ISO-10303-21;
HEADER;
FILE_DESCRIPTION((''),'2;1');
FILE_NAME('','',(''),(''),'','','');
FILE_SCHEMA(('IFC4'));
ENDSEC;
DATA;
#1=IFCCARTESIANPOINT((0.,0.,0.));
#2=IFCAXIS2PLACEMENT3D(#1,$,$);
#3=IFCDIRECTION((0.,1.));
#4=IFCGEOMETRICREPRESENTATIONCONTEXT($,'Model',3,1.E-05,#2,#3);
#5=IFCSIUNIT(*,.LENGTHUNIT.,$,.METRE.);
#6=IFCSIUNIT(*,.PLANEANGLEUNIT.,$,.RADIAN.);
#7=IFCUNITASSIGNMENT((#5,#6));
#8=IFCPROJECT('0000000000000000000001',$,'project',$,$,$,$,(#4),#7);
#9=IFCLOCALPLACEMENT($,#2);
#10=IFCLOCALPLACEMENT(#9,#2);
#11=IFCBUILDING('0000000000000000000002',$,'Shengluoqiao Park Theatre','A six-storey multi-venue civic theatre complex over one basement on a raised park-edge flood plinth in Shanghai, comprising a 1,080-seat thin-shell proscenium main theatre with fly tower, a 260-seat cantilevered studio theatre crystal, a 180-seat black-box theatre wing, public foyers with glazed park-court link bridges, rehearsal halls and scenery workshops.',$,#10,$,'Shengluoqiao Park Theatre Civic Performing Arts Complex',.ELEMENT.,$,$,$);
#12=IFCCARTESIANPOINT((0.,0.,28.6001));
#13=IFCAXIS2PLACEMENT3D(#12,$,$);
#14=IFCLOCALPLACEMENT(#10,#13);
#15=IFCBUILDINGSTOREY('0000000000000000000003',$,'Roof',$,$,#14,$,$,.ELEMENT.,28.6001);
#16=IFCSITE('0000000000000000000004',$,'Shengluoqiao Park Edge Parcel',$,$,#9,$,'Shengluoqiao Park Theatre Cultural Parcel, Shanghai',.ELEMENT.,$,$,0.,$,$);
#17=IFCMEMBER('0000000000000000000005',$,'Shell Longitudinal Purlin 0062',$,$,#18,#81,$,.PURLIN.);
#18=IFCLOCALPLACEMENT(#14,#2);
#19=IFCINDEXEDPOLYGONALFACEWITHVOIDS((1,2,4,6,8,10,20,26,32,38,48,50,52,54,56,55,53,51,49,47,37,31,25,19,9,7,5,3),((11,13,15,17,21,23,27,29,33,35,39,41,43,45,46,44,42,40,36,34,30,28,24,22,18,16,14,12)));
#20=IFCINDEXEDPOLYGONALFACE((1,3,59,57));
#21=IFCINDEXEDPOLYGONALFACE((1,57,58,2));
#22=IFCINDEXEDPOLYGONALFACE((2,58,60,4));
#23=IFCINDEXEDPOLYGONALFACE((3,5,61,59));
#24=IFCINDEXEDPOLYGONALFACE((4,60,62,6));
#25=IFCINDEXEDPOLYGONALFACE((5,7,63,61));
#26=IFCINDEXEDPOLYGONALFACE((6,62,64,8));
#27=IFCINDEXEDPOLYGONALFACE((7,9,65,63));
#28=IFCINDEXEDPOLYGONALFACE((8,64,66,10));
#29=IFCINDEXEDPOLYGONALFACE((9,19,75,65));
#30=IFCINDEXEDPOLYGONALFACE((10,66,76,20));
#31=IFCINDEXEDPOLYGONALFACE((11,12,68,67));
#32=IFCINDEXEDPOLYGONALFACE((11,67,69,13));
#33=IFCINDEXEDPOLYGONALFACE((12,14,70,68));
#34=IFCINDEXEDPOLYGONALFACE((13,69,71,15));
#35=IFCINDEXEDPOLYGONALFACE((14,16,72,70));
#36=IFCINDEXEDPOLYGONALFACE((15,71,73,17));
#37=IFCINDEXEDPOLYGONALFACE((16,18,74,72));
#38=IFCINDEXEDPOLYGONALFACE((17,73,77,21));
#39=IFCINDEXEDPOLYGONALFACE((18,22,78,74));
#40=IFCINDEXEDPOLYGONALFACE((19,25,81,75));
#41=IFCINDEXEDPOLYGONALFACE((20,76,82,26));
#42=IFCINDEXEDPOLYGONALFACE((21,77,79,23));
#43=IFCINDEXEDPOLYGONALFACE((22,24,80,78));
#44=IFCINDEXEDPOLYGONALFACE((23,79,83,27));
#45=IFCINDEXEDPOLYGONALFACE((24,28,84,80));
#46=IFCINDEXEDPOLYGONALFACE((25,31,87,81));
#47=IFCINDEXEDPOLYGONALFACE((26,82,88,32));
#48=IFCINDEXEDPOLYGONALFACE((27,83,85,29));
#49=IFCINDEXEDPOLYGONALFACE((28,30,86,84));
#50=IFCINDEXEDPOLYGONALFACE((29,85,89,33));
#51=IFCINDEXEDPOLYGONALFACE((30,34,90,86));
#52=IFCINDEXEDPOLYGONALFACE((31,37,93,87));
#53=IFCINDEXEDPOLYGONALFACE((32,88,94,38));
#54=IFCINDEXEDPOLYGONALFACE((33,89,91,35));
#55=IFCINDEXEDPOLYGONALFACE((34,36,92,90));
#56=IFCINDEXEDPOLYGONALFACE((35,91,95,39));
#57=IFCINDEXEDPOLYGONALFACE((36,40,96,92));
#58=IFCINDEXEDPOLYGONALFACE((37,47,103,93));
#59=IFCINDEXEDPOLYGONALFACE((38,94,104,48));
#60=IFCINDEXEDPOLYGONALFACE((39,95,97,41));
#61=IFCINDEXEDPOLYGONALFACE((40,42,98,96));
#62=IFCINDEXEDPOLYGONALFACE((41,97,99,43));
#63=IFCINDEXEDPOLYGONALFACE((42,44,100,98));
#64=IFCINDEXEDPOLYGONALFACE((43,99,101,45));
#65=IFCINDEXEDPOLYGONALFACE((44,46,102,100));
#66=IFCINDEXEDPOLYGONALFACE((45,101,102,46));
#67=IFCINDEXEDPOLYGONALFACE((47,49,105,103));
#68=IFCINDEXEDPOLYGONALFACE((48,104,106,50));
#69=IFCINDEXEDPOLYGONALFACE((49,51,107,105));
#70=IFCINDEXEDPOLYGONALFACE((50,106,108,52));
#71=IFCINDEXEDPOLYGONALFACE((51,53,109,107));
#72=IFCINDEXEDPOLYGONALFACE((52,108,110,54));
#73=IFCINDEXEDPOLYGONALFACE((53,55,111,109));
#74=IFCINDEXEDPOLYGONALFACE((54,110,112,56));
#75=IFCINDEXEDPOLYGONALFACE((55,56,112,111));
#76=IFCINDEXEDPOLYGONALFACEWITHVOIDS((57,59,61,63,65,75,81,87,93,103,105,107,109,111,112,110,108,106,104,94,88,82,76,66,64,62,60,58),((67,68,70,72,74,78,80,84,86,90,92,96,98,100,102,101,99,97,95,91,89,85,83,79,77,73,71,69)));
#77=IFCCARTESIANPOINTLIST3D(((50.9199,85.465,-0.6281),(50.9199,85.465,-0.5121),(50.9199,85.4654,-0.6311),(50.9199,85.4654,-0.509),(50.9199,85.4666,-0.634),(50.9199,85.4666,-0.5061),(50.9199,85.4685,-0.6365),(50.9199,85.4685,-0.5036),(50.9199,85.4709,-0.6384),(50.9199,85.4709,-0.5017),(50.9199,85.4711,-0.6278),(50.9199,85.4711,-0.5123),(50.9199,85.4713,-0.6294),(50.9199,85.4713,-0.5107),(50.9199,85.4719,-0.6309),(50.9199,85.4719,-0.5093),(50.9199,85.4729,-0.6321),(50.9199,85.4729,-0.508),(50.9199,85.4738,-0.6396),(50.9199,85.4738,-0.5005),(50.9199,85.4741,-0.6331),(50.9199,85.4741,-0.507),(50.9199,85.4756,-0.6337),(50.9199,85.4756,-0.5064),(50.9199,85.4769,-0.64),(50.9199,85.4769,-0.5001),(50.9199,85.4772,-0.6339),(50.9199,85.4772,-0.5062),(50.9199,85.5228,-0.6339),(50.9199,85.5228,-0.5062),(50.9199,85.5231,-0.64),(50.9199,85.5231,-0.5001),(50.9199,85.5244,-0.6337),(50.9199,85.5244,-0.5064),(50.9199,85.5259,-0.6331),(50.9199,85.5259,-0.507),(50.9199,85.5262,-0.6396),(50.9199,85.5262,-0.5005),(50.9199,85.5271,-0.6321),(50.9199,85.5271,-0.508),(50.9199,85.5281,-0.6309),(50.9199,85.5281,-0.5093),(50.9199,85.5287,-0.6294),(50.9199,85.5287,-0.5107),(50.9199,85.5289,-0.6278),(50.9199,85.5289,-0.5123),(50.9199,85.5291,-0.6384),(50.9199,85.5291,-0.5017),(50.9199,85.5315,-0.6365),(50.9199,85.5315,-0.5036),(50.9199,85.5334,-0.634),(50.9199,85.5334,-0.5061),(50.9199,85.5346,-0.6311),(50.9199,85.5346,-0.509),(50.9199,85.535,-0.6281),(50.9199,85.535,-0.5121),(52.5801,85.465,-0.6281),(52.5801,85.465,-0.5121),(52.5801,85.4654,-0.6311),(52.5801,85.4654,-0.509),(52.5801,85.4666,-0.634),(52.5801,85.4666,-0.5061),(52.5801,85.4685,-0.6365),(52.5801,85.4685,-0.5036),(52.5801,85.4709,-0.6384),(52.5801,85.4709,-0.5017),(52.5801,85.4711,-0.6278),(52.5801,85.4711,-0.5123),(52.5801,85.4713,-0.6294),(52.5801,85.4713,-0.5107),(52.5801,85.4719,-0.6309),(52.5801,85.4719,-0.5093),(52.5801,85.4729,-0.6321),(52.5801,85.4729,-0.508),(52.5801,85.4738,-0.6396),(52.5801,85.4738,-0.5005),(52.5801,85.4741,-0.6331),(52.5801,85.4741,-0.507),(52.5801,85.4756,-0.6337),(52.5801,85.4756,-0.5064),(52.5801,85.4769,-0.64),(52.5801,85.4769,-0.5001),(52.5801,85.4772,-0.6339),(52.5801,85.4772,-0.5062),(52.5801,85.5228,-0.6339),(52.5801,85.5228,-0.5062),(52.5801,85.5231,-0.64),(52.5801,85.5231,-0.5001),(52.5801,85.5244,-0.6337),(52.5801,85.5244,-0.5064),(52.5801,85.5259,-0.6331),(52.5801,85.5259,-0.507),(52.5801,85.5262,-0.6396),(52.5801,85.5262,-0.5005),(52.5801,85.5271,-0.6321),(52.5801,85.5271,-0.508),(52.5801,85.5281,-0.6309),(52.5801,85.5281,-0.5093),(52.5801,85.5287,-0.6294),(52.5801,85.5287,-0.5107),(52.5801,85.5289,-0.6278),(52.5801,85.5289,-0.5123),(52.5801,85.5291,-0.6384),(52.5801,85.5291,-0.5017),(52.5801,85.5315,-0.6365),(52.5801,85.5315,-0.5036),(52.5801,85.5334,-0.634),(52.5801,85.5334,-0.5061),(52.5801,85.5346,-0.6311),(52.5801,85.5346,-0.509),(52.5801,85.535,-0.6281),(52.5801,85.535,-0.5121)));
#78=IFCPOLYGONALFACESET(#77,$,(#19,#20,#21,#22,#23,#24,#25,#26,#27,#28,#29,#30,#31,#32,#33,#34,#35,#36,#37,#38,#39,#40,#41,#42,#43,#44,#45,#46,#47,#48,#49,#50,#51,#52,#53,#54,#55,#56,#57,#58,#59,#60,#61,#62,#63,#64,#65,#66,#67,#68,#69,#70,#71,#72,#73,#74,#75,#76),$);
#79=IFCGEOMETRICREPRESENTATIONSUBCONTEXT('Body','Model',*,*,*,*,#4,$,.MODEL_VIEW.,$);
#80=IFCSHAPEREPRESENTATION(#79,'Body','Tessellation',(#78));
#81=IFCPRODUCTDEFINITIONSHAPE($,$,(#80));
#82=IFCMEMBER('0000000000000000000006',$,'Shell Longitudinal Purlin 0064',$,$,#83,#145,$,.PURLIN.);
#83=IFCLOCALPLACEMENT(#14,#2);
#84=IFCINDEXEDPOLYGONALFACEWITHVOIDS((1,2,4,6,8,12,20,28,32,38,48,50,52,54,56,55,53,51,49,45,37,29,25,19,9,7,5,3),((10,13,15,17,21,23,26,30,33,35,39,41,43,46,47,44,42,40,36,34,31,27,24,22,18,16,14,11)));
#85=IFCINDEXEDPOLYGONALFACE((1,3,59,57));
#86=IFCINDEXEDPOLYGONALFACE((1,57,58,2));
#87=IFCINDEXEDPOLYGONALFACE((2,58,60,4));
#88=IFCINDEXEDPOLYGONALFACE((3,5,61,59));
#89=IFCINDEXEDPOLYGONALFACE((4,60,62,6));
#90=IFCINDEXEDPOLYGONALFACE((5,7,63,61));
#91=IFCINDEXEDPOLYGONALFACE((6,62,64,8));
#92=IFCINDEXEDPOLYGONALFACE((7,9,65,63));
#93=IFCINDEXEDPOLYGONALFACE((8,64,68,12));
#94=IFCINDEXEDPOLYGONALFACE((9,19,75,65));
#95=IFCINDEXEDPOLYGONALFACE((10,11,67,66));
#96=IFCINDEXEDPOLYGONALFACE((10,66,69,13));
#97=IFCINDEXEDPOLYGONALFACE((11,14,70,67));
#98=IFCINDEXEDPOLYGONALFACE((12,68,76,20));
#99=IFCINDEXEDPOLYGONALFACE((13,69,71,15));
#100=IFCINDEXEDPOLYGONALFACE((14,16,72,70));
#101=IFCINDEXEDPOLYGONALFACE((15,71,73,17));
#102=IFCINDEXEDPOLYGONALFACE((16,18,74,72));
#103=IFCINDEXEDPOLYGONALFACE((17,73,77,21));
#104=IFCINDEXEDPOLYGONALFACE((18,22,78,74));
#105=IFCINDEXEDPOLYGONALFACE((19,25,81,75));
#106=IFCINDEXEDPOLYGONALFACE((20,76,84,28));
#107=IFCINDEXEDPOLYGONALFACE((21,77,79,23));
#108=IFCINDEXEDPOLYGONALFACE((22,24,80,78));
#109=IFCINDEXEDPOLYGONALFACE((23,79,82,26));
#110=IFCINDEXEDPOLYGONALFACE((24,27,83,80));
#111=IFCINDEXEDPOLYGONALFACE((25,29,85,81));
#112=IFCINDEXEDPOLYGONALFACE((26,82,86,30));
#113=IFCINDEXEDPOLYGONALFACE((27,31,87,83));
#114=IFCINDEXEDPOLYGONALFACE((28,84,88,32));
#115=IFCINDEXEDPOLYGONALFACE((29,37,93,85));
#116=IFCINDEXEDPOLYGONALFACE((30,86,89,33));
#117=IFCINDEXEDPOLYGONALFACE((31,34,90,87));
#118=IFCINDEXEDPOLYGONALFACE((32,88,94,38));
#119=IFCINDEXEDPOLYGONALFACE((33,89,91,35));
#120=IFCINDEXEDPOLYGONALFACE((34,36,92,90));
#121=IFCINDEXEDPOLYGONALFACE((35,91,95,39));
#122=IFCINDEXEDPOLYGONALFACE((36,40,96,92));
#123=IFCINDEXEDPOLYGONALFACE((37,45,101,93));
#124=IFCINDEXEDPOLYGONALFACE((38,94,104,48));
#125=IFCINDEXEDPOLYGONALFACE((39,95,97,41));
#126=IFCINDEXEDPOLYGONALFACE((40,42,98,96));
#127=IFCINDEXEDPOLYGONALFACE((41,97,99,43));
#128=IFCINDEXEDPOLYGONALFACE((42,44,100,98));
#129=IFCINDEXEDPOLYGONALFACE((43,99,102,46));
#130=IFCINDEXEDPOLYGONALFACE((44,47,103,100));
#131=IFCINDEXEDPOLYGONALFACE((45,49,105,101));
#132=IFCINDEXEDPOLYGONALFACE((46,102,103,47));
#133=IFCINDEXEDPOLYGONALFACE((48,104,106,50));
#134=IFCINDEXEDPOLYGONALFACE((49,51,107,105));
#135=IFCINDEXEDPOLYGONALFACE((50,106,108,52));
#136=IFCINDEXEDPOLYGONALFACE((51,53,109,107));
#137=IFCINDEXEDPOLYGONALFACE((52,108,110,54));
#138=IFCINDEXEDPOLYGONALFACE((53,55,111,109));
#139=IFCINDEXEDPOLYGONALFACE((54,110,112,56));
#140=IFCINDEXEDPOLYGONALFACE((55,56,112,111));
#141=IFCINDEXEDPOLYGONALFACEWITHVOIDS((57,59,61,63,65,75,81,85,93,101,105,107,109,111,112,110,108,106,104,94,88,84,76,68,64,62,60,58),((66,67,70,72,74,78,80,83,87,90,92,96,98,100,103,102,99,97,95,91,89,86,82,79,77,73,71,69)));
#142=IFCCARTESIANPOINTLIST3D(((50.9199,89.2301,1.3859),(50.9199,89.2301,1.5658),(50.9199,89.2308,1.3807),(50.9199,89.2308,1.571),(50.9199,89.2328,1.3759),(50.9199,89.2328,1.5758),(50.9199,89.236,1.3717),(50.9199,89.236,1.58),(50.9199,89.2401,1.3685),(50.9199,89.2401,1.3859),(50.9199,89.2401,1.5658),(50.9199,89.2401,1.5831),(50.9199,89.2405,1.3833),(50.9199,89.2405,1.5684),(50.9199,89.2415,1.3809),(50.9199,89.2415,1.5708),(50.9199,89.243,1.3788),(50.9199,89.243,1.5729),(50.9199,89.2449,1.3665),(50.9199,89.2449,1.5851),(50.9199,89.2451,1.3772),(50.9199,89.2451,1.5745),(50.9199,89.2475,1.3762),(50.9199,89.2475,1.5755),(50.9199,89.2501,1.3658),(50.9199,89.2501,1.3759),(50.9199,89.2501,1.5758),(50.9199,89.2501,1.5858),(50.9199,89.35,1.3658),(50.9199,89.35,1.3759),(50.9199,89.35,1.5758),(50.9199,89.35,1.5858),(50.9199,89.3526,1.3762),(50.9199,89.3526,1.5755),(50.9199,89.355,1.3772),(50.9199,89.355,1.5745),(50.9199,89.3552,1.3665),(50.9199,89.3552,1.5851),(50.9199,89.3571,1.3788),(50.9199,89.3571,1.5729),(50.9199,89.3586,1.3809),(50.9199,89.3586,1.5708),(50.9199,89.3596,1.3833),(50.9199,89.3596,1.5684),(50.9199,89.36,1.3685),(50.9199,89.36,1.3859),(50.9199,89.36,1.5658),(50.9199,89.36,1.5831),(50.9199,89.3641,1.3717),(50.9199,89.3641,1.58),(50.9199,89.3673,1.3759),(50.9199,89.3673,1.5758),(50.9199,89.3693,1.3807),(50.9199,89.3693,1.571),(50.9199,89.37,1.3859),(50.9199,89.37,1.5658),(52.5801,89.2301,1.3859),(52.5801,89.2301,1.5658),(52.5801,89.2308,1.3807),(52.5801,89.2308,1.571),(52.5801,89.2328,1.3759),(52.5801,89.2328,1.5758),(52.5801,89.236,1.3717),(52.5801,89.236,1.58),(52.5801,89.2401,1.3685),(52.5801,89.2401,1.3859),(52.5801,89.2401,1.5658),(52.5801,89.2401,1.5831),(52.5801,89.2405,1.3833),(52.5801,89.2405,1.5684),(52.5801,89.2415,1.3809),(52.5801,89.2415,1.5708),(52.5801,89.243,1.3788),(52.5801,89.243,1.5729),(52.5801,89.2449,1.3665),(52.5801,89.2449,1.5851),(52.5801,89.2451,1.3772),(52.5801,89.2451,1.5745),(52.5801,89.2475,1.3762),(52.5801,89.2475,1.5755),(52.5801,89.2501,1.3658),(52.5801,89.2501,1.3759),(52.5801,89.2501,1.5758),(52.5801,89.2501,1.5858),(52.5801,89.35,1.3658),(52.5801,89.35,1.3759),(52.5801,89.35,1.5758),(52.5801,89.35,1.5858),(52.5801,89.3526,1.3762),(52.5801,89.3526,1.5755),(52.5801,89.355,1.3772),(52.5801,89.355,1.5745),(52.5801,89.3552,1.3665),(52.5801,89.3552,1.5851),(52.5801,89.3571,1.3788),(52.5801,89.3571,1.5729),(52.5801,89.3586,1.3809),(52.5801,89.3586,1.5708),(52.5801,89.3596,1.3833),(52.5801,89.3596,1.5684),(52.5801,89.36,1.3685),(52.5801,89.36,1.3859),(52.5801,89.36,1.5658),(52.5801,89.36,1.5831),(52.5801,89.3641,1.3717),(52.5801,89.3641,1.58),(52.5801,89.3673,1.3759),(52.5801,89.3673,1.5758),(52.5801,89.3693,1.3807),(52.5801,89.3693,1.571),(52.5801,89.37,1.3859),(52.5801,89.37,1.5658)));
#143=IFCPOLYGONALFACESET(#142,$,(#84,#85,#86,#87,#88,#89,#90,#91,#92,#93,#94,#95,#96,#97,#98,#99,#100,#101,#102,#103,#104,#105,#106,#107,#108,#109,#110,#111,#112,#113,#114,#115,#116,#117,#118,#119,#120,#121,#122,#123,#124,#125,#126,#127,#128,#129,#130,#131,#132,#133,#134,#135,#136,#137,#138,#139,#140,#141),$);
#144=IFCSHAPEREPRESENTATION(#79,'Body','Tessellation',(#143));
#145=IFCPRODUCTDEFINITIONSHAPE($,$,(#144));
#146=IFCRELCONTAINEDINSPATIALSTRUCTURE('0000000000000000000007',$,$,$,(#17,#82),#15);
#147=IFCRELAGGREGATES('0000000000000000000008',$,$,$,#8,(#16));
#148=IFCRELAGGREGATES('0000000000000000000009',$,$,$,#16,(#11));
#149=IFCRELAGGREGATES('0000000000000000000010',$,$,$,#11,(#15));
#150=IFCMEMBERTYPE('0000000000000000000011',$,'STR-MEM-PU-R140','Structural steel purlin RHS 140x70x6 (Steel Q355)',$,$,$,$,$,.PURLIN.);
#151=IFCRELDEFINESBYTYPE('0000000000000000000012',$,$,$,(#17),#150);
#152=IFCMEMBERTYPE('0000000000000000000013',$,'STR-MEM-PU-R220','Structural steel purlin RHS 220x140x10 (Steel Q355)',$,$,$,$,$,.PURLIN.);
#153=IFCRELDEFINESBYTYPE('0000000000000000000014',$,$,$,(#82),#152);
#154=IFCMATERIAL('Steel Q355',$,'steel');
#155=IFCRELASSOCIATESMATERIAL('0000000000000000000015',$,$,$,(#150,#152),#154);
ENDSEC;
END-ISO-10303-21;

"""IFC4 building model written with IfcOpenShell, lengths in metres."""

from ifc_helpers import new_model, si_unit, direction, frame, origin, origin_2d, place, context, subcontext, project, spatial, hollow_rectangle, extrude, material, material_profile, profile_set, type_object, element, save


model = new_model("IFC4")

# Units and contexts
model_context = context("Model", 3, precision=1e-05, world=origin(), true_north=direction((0.0, 1.0)))
body_context = subcontext(model_context, "Body", "Model", "MODEL_VIEW")
ifc_project = project(units=[si_unit("LENGTHUNIT", "METRE"), si_unit("PLANEANGLEUNIT", "RADIAN")], contexts=[model_context])

# Site, building, storey
site_placement = place(None, origin())
site = spatial("IfcSite", under=ifc_project, at=site_placement, Name="Shengluoqiao Park Edge Parcel", LongName="Shengluoqiao Park Theatre Cultural Parcel, Shanghai", CompositionType="ELEMENT", RefElevation=0.0)
building_placement = place(site_placement, origin())
building = spatial("IfcBuilding", under=site, at=building_placement, Name="Shengluoqiao Park Theatre", Description="A six-storey multi-venue civic theatre complex over one basement on a raised park-edge flood plinth in Shanghai, comprising a 1,080-seat thin-shell proscenium main theatre with fly tower, a 260-seat cantilevered studio theatre crystal, a 180-seat black-box theatre wing, public foyers with glazed park-court link bridges, rehearsal halls and scenery workshops.", LongName="Shengluoqiao Park Theatre Civic Performing Arts Complex", CompositionType="ELEMENT")
storey_placement = place(building_placement, frame((0.0, 0.0, 28.6001)))
storey = spatial("IfcBuildingStorey", under=building, at=storey_placement, Name="Roof", CompositionType="ELEMENT", Elevation=28.6001)

# Shared definitions
ifc_material_1 = material(Name="Steel Q355", Category="steel")

# Members
ifc_material_profile_1 = material_profile(ifc_material_1, hollow_rectangle(XDim=0.0701, YDim=0.1399, WallThickness=0.0061, InnerFilletRadius=0.0061, OuterFilletRadius=0.012, at=origin_2d()), Name="RHS 140x70x6")
ifc_profile_set_1 = profile_set([ifc_material_profile_1], Name="Steel Q355")
member_type_1 = type_object("IfcMemberType", Name="STR-MEM-PU-R140", Description="Structural steel purlin RHS 140x70x6 (Steel Q355)", PredefinedType="PURLIN", material=ifc_profile_set_1)
member_1_placement = place(storey_placement, frame((50.9199, 85.5, -0.5701), z_axis=(1.0, 0.0, 0.0), x_axis=(0.0, 1.0, 0.0)))
element("IfcMember", 1, at=member_1_placement, inside=storey, type_object=member_type_1, Name="Shell Longitudinal Purlin 0062", PredefinedType="PURLIN", context=body_context, shape_type="SweptSolid", body=[
    extrude(hollow_rectangle(XDim=0.0701, YDim=0.1399, WallThickness=0.0061, InnerFilletRadius=0.0061, OuterFilletRadius=0.012, at=origin_2d()), origin(), (0.0, 0.0, 1.0), 1.6602),
])
ifc_material_profile_2 = material_profile(ifc_material_1, hollow_rectangle(XDim=0.1399, YDim=0.22, WallThickness=0.01, InnerFilletRadius=0.01, OuterFilletRadius=0.02, at=origin_2d()), Name="RHS 220x140x10")
ifc_profile_set_2 = profile_set([ifc_material_profile_2], Name="Steel Q355")
member_type_2 = type_object("IfcMemberType", Name="STR-MEM-PU-R220", Description="Structural steel purlin RHS 220x140x10 (Steel Q355)", PredefinedType="PURLIN", material=ifc_profile_set_2)
member_2_placement = place(storey_placement, frame((50.9199, 89.3, 1.4758), z_axis=(1.0, 0.0, 0.0), x_axis=(0.0, 1.0, 0.0)))
element("IfcMember", 2, at=member_2_placement, inside=storey, type_object=member_type_2, Name="Shell Longitudinal Purlin 0064", PredefinedType="PURLIN", context=body_context, shape_type="SweptSolid", body=[
    extrude(hollow_rectangle(XDim=0.1399, YDim=0.22, WallThickness=0.01, InnerFilletRadius=0.01, OuterFilletRadius=0.02, at=origin_2d()), origin(), (0.0, 0.0, 1.0), 1.6602),
])

save(model, "model.ifc")
